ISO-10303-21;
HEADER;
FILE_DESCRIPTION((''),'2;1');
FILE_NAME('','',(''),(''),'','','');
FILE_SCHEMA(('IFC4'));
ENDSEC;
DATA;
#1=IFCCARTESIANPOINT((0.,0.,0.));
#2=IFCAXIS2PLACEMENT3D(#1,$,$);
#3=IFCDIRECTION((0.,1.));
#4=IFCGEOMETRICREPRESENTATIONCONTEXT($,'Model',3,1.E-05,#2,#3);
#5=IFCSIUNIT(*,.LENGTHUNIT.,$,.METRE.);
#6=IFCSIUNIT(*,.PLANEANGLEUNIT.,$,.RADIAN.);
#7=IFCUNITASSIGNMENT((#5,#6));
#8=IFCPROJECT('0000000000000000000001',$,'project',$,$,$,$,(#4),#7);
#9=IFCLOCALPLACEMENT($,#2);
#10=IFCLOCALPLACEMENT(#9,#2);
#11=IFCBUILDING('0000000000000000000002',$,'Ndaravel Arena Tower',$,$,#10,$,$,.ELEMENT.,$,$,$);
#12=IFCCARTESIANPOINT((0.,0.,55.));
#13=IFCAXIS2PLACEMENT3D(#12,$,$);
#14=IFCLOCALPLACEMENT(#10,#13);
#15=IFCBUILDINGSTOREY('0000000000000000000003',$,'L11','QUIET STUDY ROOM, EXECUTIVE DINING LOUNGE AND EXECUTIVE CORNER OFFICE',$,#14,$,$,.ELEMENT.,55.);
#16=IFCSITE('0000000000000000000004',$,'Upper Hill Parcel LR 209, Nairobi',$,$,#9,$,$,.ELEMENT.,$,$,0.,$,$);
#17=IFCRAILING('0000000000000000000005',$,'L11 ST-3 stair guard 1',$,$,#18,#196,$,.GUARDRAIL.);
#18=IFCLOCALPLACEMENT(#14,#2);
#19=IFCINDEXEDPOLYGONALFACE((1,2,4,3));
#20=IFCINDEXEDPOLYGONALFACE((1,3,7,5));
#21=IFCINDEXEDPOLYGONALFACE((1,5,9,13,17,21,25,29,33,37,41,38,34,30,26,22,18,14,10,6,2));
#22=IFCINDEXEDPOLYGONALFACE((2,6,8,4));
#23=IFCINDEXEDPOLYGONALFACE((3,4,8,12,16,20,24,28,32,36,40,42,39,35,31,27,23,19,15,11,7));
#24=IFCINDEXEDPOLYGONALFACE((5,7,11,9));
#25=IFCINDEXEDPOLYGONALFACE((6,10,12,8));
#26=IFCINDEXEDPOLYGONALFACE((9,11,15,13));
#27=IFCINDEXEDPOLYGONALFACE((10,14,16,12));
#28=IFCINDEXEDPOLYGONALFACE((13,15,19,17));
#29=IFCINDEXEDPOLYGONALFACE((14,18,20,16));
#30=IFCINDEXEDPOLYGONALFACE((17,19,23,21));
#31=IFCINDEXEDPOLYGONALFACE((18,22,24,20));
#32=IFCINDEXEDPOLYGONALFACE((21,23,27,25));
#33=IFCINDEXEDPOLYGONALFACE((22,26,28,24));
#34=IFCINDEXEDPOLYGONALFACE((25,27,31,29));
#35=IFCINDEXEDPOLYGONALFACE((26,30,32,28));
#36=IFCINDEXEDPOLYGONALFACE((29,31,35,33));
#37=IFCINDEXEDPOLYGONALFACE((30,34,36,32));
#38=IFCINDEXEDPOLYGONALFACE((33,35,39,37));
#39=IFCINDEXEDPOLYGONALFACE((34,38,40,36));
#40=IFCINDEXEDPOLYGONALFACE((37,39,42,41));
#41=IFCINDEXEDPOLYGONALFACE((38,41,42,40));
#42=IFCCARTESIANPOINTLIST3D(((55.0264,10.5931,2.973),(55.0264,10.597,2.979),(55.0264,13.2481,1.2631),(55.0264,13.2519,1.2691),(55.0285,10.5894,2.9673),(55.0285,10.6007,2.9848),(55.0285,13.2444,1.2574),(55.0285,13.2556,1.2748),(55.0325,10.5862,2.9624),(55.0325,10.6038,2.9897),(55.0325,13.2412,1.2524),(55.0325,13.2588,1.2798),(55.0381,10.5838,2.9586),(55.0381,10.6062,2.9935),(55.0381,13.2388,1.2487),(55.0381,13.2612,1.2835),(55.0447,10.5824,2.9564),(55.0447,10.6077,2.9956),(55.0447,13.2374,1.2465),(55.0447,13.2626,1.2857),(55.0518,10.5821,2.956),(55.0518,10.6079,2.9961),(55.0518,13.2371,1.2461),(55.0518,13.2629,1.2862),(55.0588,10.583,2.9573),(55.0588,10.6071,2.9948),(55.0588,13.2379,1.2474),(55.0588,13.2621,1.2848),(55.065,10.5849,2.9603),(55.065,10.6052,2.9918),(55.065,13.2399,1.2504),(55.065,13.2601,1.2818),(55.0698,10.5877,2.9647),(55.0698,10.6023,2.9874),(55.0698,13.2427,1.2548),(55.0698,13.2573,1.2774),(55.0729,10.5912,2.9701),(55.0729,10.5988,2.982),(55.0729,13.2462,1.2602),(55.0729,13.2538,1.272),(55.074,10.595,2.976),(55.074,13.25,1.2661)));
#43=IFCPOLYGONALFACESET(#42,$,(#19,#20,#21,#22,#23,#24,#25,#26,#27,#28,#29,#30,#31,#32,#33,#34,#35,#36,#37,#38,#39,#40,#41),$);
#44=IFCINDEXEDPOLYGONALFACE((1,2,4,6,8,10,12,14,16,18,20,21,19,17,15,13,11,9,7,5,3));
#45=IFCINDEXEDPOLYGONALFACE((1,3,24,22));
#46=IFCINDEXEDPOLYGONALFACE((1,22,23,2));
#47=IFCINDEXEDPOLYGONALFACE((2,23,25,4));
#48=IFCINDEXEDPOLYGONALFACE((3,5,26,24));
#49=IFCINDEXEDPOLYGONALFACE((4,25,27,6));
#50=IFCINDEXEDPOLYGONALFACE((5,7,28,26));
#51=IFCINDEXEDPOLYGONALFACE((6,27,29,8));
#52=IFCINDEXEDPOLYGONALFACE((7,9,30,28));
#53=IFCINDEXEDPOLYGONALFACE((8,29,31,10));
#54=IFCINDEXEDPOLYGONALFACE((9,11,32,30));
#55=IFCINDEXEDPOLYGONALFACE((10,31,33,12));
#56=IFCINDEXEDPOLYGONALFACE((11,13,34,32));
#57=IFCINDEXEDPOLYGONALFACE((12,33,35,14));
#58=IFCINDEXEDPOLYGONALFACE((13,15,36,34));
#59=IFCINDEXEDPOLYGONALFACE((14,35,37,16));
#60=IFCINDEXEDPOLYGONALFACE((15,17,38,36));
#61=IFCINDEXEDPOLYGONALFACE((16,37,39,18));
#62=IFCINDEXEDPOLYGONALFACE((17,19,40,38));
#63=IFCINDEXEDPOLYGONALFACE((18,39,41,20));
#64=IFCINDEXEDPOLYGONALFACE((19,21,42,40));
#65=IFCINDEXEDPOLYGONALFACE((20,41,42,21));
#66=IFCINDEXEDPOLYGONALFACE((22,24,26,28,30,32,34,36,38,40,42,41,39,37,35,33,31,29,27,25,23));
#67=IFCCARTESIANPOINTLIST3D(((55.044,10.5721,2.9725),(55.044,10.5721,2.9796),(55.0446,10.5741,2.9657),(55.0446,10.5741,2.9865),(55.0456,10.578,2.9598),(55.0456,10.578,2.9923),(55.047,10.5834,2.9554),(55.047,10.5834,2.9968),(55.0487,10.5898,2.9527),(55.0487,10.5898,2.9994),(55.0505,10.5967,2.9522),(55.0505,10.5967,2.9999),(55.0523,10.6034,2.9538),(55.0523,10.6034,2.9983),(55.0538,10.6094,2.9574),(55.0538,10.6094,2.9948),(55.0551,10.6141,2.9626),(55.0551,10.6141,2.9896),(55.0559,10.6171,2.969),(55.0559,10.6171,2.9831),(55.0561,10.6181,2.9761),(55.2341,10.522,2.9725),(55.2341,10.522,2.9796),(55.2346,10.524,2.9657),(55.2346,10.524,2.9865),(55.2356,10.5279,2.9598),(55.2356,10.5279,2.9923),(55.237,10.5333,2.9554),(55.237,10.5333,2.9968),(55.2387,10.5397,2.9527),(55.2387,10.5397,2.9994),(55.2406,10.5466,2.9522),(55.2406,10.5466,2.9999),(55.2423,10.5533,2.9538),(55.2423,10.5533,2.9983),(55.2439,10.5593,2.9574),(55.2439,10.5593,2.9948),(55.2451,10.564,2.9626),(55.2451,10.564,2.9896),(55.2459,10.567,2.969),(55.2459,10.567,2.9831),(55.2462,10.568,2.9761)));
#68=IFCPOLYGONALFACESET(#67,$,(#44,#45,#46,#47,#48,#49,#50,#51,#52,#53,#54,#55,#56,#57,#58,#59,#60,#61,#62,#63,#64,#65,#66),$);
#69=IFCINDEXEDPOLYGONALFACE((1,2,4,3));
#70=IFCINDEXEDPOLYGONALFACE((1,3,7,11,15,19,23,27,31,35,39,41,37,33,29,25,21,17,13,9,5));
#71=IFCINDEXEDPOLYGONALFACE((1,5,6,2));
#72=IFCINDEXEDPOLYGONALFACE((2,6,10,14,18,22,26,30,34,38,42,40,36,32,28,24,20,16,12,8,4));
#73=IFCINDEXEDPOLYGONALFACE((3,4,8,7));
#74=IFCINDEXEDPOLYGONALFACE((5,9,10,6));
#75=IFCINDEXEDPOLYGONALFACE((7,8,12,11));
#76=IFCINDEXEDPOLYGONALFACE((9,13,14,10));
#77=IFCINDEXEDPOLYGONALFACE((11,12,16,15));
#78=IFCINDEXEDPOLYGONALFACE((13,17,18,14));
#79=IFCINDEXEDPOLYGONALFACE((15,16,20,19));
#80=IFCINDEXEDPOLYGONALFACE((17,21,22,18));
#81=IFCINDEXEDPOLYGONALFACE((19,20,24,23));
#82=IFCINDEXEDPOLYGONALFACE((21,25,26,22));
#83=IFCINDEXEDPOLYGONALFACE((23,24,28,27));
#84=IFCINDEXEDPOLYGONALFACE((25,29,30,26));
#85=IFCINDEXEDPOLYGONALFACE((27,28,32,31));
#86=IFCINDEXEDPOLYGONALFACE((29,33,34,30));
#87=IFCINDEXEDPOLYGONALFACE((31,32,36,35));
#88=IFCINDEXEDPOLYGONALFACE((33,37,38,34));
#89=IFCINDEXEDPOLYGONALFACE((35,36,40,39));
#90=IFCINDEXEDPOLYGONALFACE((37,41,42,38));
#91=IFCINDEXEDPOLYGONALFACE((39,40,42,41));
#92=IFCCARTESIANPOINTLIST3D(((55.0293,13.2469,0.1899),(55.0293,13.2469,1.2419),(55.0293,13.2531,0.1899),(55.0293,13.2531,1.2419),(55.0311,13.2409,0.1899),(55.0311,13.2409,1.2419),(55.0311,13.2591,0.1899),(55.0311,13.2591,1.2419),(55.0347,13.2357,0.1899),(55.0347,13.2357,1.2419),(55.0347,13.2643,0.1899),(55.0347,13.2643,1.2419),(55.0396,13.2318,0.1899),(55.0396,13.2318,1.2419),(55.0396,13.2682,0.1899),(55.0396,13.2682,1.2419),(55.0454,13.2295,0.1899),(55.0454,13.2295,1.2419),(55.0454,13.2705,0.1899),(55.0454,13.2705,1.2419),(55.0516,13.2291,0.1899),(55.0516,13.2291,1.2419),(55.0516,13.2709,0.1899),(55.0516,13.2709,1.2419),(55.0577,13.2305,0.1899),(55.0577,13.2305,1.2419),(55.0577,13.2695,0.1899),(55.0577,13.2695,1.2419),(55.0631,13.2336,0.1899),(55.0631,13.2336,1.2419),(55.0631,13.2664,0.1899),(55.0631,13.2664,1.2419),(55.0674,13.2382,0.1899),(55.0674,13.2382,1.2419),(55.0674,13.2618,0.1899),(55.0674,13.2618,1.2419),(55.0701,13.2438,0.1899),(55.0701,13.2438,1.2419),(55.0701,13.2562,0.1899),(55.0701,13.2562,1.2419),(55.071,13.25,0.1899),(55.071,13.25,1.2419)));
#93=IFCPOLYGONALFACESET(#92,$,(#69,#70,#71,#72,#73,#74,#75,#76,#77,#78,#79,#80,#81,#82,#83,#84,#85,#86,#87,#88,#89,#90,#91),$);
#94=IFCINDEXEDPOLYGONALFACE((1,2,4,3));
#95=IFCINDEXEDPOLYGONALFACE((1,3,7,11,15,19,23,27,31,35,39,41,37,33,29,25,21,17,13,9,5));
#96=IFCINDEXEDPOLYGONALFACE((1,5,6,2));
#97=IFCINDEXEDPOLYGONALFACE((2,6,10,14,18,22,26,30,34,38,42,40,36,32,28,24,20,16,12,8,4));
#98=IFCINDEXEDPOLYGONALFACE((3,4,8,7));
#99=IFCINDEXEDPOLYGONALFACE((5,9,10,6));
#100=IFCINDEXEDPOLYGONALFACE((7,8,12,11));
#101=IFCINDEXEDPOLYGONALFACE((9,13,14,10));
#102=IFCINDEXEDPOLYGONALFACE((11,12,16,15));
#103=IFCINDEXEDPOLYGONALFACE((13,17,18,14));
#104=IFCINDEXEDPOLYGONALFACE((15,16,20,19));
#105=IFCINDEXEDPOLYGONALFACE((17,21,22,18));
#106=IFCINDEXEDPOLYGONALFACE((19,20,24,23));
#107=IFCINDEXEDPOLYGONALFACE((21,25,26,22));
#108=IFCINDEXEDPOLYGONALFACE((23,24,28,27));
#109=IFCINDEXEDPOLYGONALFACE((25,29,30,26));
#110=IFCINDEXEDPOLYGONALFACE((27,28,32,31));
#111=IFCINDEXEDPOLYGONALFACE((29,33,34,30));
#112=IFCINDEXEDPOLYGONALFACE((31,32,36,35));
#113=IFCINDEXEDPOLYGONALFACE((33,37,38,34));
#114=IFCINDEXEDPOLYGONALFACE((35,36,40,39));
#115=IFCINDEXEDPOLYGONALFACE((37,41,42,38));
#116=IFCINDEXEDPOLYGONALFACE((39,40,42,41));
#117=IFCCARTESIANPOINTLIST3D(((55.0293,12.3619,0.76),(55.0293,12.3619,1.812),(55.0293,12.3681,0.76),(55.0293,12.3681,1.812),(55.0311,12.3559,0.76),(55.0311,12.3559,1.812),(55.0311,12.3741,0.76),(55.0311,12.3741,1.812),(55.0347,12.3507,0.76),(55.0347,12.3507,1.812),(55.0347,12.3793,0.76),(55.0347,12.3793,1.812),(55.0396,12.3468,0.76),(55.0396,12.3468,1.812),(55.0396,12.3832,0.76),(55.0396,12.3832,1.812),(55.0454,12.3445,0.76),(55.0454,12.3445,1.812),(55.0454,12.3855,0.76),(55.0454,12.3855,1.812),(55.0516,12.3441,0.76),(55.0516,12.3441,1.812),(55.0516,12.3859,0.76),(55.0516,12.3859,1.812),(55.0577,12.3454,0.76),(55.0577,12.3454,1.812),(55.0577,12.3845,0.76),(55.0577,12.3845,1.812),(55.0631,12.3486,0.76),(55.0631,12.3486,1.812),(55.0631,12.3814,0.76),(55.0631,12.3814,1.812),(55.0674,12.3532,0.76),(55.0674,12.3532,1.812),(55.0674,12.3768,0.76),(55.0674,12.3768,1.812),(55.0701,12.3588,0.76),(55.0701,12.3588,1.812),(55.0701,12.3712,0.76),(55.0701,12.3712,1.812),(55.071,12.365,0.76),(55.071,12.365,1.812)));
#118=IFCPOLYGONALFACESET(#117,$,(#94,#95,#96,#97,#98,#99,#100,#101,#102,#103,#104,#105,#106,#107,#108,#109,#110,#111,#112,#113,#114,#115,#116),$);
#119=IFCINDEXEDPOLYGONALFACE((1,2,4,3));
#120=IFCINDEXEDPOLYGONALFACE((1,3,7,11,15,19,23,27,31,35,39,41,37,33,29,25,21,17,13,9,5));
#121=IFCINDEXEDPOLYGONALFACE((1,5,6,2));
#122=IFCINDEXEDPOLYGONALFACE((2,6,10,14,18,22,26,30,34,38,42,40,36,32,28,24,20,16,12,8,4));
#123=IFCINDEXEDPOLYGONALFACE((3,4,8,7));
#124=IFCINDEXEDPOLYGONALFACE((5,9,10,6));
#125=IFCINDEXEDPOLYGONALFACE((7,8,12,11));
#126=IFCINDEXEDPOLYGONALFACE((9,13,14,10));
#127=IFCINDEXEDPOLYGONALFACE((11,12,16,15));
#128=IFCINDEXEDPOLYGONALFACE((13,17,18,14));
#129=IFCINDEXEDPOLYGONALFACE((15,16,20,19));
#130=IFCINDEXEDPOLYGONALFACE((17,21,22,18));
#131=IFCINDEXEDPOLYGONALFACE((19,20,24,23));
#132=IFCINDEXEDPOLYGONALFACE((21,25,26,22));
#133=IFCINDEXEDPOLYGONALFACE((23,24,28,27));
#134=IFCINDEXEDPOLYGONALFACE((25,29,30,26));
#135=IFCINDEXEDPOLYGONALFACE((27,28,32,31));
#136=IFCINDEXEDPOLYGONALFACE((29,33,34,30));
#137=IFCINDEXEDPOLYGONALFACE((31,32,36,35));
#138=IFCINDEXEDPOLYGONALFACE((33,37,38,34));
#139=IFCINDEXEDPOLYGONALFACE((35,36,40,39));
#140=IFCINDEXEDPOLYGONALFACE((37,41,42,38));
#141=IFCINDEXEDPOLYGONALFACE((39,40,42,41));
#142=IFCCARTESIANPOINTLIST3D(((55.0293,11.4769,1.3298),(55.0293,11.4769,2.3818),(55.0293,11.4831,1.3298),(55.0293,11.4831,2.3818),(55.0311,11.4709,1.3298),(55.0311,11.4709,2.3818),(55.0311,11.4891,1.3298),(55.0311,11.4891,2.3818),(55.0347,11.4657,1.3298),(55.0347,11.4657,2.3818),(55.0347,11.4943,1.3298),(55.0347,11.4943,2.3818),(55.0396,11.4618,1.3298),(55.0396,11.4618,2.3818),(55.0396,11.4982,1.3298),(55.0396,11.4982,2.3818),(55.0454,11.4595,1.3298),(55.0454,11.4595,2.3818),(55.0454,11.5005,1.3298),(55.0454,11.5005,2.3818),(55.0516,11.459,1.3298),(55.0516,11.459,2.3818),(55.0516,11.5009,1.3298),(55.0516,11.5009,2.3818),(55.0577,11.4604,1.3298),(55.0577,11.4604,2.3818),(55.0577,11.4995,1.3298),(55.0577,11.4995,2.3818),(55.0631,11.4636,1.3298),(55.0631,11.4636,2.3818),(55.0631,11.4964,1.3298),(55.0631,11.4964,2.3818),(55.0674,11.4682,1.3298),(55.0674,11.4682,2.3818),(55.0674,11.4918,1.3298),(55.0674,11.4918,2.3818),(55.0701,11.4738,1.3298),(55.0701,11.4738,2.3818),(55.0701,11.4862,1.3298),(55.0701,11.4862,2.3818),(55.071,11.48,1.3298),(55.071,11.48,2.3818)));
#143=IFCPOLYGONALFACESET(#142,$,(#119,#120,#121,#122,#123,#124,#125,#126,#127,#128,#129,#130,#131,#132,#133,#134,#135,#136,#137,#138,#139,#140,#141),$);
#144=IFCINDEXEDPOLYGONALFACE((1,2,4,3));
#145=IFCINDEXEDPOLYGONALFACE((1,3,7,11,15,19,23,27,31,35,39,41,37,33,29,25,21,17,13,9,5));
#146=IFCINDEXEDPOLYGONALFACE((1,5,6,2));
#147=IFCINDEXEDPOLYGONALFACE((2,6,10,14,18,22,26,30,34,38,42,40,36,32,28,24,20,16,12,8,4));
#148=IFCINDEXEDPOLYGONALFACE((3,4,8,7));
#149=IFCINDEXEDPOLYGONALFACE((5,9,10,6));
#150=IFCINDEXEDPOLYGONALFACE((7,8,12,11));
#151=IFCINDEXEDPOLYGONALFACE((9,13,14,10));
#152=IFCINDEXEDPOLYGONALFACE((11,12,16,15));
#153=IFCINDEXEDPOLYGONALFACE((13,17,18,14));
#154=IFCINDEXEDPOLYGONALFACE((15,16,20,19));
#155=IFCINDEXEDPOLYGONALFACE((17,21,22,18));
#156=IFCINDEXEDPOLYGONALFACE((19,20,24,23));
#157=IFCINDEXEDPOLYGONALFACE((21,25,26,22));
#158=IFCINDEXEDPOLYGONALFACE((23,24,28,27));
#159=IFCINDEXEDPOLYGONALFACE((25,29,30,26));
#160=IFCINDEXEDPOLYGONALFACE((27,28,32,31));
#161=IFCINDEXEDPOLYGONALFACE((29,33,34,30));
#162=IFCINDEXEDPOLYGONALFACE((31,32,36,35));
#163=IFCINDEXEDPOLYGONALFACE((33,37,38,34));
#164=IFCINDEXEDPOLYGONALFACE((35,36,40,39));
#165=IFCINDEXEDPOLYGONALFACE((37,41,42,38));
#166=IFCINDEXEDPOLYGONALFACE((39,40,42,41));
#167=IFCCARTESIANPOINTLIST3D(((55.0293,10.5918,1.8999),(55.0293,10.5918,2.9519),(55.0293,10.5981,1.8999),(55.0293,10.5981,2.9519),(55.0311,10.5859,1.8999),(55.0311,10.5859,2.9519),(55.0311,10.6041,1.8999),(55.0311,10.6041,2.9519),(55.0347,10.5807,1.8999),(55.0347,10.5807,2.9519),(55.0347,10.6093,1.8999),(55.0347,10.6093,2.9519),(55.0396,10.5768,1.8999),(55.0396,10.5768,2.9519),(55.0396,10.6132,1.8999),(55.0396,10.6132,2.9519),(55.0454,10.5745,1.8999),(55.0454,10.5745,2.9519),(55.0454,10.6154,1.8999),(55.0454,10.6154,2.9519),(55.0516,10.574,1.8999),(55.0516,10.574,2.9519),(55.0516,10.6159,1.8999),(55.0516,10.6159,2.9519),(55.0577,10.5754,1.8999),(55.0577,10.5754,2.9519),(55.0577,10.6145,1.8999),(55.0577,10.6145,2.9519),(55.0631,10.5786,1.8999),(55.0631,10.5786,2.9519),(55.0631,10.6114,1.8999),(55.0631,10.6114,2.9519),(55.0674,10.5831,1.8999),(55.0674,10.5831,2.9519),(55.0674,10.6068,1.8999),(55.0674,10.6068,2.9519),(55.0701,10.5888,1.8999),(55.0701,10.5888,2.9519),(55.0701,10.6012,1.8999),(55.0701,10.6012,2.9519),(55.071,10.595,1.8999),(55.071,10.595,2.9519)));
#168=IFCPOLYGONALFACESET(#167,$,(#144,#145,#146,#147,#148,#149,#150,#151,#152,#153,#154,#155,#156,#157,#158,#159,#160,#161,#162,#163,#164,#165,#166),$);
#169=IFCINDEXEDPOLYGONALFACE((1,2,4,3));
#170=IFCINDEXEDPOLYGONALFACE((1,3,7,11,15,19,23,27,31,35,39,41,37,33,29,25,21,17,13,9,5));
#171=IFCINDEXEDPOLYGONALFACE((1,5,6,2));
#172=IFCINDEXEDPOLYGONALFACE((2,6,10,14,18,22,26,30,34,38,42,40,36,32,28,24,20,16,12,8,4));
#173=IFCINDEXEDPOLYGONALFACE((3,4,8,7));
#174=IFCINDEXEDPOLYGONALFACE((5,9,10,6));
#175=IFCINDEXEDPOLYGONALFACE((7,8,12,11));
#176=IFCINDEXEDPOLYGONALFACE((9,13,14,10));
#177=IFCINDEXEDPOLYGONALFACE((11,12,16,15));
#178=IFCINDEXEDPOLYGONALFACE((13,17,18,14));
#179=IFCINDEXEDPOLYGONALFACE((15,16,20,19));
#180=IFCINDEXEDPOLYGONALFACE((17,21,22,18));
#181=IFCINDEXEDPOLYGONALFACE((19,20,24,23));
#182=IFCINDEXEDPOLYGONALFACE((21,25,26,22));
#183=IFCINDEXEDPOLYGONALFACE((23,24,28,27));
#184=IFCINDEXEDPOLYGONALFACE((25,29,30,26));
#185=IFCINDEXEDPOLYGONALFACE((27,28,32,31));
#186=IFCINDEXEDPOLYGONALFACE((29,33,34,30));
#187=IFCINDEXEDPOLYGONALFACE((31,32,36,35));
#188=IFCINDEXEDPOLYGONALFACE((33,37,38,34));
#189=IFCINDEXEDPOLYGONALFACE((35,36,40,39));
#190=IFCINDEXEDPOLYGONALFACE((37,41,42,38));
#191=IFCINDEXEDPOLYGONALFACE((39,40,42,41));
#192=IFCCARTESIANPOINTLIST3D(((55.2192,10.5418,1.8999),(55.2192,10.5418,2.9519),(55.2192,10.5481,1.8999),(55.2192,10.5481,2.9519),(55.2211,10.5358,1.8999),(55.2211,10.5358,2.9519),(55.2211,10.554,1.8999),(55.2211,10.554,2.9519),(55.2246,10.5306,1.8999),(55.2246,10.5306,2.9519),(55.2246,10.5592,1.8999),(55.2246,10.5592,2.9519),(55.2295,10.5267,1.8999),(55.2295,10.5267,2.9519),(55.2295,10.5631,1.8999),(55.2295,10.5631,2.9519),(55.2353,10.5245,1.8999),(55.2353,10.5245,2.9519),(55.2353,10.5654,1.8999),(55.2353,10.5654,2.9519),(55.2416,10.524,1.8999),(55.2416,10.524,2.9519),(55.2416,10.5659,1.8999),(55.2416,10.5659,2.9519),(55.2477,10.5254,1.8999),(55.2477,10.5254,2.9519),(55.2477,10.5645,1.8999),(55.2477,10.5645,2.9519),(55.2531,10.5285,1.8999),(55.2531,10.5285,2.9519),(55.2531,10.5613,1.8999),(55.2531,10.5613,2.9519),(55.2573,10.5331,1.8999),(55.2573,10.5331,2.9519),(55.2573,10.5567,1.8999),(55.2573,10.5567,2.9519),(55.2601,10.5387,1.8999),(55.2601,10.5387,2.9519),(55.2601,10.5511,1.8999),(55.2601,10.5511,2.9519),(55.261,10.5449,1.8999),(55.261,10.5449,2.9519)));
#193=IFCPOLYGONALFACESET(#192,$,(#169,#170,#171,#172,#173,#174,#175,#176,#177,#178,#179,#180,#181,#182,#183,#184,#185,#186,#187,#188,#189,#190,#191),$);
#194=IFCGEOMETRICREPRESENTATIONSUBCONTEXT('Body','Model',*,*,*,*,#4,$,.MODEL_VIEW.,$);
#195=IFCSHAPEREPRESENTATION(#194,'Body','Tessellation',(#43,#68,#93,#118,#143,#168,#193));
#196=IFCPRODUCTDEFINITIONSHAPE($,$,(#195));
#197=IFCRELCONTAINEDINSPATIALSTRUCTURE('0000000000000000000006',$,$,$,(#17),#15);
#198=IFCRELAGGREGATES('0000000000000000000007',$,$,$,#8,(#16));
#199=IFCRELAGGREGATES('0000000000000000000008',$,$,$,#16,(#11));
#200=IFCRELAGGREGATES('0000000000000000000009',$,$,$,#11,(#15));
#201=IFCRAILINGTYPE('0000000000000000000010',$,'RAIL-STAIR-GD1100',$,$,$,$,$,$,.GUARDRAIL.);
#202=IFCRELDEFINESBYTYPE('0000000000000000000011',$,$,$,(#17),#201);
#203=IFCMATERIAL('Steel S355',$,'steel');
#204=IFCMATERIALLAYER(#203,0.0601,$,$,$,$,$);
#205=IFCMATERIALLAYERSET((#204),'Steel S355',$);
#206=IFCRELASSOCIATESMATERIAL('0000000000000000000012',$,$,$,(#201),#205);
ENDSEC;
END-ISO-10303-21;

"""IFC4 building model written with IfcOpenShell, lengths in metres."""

from ifc_helpers import new_model, si_unit, direction, frame, origin, origin_2d, place, context, subcontext, project, spatial, circle, extrude, material, layer, layer_set, type_object, element, save


model = new_model("IFC4")

# Units and contexts
model_context = context("Model", 3, precision=1e-05, world=origin(), true_north=direction((0.0, 1.0)))
body_context = subcontext(model_context, "Body", "Model", "MODEL_VIEW")
ifc_project = project(units=[si_unit("LENGTHUNIT", "METRE"), si_unit("PLANEANGLEUNIT", "RADIAN")], contexts=[model_context])

# Site, building, storey
site_placement = place(None, origin())
site = spatial("IfcSite", under=ifc_project, at=site_placement, Name="Upper Hill Parcel LR 209, Nairobi", CompositionType="ELEMENT", RefElevation=0.0)
building_placement = place(site_placement, origin())
building = spatial("IfcBuilding", under=site, at=building_placement, Name="Ndaravel Arena Tower", CompositionType="ELEMENT")
storey_placement = place(building_placement, frame((0.0, 0.0, 55.0)))
storey = spatial("IfcBuildingStorey", under=building, at=storey_placement, Name="L11", Description="QUIET STUDY ROOM, EXECUTIVE DINING LOUNGE AND EXECUTIVE CORNER OFFICE", CompositionType="ELEMENT", Elevation=55.0)

# Railing
ifc_material_1 = material(Name="Steel S355", Category="steel")
ifc_layer_1 = layer(ifc_material_1, 0.0601)
ifc_layer_set_1 = layer_set([ifc_layer_1], Name="Steel S355")
railing_type_1 = type_object("IfcRailingType", Name="RAIL-STAIR-GD1100", PredefinedType="GUARDRAIL", material=ifc_layer_set_1)
railing_1_placement = place(storey_placement, frame((55.05, 13.25, 0.1899)))
element("IfcRailing", 1, at=railing_1_placement, inside=storey, type_object=railing_type_1, Name="L11 ST-3 stair guard 1", PredefinedType="GUARDRAIL", context=body_context, shape_type="SweptSolid", body=[
    extrude(circle(Radius=0.0239, at=origin_2d()), frame((0.0, 0.0, 1.0762), z_axis=(0.0, -0.840724, 0.541465), x_axis=(1.0, 0.0, 0.0)), (0.0, 0.0, 1.0), 3.158),
    extrude(circle(Radius=0.0239, at=origin_2d()), frame((0.0, -2.655, 2.7861), z_axis=(0.966994, -0.254799, 0.0), x_axis=(0.254799, 0.966994, 0.0)), (0.0, 0.0, 1.0), 0.1965),
    extrude(circle(Radius=0.021, at=origin_2d()), origin(), (0.0, 0.0, 1.0), 1.052),
    extrude(circle(Radius=0.021, at=origin_2d()), frame((0.0, -0.885, 0.5701)), (0.0, 0.0, 1.0), 1.052),
    extrude(circle(Radius=0.021, at=origin_2d()), frame((0.0, -1.77, 1.1399)), (0.0, 0.0, 1.0), 1.052),
    extrude(circle(Radius=0.021, at=origin_2d()), frame((0.0, -2.655, 1.71)), (0.0, 0.0, 1.0), 1.052),
    extrude(circle(Radius=0.021, at=origin_2d()), frame((0.1899, -2.7051, 1.71)), (0.0, 0.0, 1.0), 1.052),
])

save(model, "model.ifc")
